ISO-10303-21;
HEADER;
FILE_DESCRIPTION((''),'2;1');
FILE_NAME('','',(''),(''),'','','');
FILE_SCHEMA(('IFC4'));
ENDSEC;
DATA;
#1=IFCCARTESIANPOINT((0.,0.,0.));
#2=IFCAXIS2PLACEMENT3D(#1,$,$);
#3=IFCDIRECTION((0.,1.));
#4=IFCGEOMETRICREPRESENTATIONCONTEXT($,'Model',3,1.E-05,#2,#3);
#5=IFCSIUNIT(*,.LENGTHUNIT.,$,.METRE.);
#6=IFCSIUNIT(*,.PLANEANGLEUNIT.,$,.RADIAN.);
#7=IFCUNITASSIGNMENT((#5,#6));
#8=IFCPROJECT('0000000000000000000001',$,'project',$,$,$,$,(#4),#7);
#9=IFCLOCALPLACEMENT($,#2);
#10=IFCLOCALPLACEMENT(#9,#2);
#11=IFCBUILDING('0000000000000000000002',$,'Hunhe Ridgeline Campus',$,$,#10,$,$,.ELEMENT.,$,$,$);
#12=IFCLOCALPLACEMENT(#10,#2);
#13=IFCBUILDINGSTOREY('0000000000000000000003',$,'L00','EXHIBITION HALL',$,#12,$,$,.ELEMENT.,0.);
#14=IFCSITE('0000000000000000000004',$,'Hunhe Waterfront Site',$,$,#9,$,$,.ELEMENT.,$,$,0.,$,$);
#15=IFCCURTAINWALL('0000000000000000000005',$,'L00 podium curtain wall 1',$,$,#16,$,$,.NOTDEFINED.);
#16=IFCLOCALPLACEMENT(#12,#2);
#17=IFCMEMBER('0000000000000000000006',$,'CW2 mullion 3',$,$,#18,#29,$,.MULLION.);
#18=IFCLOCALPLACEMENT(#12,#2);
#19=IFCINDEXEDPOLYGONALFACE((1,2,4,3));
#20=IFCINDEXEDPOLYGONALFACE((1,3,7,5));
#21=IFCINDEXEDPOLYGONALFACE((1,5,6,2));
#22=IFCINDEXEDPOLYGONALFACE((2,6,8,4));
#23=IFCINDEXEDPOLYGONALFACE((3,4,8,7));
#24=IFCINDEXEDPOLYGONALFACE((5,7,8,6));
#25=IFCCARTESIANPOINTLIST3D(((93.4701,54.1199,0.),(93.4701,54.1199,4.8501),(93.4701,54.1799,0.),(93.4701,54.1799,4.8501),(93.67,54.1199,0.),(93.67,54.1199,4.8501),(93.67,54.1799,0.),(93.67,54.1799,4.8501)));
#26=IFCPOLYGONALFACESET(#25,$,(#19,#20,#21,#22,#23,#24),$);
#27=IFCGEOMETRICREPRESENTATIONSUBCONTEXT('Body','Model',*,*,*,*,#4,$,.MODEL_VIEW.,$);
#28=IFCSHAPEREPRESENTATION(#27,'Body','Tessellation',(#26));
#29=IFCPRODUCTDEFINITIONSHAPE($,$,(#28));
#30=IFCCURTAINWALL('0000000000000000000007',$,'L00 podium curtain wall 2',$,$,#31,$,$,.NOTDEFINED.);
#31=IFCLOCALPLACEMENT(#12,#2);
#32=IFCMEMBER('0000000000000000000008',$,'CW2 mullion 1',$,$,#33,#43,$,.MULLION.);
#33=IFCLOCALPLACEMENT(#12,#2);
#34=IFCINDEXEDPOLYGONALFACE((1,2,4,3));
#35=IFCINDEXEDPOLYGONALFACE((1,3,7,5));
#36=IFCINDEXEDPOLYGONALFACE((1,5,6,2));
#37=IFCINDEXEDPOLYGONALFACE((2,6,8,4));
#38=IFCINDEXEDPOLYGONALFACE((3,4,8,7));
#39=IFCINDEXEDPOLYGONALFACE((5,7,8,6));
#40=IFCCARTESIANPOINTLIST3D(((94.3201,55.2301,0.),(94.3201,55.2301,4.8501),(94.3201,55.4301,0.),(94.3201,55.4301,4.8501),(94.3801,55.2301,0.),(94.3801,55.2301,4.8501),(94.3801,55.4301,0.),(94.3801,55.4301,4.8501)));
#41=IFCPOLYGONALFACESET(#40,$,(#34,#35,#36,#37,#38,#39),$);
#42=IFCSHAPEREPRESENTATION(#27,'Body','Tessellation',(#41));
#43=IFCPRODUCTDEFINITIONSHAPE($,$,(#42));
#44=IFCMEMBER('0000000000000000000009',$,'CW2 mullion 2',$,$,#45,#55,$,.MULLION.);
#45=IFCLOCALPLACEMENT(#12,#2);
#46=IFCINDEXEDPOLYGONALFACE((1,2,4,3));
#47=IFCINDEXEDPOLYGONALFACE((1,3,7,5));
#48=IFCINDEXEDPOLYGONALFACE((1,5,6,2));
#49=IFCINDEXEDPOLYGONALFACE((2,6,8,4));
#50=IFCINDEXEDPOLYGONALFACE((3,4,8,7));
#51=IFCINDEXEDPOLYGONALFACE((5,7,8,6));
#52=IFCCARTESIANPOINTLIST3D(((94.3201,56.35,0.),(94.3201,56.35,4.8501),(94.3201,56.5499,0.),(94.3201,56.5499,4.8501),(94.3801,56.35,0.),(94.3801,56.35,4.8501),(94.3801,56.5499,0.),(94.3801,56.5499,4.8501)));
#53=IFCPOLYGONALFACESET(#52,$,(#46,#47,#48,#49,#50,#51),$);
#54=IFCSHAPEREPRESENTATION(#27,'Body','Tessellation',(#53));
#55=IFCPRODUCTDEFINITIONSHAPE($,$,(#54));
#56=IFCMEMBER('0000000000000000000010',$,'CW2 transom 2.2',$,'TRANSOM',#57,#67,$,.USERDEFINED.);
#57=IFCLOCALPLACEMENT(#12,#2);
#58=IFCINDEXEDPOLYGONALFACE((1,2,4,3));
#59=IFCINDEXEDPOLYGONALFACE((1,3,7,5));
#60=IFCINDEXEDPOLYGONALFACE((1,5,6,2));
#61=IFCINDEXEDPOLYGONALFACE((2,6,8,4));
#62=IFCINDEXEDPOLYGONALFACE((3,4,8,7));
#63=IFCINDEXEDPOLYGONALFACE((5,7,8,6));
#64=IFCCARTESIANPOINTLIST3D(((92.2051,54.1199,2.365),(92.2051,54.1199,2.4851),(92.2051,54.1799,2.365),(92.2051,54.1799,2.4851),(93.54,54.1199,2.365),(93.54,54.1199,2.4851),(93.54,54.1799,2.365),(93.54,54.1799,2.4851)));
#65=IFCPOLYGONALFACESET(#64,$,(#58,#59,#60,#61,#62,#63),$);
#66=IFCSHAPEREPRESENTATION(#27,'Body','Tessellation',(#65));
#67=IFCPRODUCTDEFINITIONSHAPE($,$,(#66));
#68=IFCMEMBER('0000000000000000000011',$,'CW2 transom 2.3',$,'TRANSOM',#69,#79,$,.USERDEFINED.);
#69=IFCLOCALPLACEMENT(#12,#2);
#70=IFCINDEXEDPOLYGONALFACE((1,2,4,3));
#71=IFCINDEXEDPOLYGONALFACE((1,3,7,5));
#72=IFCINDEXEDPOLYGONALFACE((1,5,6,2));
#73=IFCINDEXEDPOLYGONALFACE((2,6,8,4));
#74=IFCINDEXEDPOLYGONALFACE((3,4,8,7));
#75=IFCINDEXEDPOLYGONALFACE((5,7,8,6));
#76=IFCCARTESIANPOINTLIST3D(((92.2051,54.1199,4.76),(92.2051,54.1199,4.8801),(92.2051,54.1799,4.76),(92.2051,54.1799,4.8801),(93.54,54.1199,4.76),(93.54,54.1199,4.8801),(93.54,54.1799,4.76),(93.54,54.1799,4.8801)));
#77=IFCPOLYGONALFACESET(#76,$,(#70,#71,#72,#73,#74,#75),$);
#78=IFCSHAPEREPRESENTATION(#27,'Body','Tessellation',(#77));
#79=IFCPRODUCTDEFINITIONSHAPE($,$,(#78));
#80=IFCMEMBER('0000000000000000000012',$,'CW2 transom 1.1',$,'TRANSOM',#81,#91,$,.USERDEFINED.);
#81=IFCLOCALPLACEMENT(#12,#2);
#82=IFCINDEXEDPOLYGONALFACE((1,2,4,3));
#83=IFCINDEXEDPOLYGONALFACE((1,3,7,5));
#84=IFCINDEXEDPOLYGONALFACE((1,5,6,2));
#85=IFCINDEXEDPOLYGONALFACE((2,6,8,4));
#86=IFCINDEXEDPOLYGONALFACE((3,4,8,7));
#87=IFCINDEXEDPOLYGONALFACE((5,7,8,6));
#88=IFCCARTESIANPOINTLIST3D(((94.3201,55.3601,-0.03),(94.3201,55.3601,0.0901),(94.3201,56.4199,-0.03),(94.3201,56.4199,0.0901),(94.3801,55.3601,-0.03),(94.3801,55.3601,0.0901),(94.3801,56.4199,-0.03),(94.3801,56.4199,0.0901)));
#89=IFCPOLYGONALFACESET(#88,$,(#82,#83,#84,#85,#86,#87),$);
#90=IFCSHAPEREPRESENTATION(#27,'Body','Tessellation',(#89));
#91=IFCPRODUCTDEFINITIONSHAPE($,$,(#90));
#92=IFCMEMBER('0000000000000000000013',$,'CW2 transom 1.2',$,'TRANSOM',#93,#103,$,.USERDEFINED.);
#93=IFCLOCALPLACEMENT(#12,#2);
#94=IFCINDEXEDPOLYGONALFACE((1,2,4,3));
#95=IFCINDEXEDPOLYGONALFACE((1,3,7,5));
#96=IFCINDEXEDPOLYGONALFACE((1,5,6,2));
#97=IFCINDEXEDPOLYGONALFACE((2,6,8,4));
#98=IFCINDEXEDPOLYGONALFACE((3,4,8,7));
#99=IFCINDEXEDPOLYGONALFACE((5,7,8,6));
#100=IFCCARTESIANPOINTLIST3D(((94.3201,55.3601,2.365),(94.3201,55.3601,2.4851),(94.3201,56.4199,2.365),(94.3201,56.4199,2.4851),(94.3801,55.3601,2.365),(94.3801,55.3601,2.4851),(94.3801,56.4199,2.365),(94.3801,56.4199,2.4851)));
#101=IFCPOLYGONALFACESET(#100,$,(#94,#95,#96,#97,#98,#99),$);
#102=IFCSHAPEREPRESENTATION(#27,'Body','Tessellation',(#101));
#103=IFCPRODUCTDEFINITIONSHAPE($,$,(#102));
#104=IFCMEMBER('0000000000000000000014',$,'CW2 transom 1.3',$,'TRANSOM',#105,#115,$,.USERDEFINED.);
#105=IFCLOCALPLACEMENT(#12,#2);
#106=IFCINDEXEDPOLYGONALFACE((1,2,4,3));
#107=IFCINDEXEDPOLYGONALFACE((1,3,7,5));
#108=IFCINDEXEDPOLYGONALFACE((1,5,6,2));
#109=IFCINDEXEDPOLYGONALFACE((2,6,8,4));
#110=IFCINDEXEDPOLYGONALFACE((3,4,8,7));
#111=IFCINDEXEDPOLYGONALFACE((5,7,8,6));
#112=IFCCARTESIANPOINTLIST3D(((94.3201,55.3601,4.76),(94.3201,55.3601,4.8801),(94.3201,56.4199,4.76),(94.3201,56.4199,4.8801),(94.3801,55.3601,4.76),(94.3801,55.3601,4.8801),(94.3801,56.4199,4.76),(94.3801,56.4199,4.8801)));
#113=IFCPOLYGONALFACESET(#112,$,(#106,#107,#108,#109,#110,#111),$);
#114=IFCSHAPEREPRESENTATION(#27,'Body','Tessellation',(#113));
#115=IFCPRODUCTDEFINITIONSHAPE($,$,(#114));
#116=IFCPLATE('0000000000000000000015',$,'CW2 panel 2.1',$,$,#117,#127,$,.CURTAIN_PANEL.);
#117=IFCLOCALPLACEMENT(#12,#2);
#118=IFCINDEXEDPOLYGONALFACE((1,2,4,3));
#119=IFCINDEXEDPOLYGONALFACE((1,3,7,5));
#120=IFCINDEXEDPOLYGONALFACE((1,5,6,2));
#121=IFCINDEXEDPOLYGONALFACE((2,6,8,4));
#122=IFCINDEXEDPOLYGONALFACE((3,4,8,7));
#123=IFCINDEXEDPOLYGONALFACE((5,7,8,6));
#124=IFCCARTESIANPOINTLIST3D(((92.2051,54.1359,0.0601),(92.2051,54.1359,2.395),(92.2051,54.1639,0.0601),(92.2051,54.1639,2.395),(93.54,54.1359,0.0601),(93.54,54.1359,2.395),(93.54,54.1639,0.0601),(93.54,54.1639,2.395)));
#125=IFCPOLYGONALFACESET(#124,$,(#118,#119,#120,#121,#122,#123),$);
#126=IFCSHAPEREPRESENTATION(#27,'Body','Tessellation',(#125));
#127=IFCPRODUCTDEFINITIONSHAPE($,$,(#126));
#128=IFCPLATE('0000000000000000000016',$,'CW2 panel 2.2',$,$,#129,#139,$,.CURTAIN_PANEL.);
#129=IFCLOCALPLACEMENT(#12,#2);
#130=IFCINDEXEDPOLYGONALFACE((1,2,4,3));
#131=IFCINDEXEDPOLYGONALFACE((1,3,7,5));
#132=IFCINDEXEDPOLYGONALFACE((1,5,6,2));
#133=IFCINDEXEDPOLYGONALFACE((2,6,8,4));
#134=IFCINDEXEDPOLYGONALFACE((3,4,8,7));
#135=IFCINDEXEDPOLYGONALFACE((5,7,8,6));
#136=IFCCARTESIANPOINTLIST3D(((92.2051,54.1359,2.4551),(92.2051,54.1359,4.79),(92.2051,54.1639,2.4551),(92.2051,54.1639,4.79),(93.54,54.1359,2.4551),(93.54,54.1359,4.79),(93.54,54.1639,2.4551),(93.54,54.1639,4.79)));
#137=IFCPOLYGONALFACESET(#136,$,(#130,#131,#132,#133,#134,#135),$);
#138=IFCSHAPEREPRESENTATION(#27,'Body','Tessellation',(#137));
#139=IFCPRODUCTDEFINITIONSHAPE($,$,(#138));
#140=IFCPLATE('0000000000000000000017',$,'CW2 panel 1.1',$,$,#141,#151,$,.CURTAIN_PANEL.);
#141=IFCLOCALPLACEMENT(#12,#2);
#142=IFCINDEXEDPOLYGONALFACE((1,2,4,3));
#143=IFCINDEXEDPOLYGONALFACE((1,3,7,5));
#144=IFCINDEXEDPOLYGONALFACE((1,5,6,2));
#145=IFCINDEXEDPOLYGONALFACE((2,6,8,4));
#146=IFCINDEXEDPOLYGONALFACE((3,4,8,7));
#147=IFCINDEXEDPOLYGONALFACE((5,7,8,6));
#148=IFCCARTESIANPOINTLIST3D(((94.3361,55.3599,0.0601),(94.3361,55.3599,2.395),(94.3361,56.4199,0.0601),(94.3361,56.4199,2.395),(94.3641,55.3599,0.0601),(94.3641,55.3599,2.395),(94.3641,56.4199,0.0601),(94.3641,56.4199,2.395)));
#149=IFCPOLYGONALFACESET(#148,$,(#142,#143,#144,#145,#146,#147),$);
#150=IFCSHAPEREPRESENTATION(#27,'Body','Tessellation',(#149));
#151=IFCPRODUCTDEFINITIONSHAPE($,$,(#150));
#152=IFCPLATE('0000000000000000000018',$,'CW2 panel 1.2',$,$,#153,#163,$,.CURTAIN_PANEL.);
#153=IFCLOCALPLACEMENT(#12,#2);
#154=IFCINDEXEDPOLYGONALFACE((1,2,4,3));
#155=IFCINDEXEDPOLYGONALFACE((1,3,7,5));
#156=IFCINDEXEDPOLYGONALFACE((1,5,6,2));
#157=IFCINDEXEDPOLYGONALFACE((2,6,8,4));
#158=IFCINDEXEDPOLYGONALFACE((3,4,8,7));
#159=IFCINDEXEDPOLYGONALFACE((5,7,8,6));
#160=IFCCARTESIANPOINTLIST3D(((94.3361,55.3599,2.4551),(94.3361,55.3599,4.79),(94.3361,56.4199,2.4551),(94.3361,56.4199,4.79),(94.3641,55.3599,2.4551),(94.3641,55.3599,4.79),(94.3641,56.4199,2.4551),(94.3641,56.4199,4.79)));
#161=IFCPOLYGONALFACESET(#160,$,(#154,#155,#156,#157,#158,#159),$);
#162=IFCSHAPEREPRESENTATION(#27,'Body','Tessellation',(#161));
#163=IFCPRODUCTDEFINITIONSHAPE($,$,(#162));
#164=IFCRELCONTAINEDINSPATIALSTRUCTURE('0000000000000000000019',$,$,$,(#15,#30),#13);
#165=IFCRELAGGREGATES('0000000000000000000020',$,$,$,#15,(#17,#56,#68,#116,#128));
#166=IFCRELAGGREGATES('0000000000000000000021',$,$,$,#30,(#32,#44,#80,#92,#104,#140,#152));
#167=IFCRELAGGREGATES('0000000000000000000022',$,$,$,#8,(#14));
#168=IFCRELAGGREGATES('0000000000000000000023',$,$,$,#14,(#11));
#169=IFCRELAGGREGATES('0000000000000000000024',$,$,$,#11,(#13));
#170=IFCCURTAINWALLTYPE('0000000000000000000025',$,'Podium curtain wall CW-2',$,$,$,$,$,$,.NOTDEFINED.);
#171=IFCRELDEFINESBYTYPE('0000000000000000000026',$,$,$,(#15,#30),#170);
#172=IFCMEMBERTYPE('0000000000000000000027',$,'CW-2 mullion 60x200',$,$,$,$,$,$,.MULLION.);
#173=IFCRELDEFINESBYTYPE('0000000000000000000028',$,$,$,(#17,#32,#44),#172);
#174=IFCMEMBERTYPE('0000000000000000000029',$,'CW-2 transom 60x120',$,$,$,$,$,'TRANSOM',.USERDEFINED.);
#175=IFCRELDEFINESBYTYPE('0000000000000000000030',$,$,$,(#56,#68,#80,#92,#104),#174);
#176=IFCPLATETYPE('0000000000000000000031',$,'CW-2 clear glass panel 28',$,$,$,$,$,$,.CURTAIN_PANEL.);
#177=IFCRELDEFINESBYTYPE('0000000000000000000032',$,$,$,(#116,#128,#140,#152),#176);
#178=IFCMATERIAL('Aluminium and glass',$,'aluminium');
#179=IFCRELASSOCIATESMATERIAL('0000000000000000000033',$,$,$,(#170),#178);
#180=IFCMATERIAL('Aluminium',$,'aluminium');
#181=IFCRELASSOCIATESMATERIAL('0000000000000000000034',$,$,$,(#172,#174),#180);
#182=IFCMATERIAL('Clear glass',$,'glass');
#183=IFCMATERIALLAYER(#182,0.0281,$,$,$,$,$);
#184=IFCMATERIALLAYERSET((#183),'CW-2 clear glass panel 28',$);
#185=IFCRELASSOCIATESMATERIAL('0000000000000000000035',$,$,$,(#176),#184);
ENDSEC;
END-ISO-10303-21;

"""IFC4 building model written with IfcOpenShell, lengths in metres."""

from ifc_helpers import new_model, si_unit, direction, frame, origin, origin_2d, place, context, subcontext, project, spatial, rectangle, extrude, material, layer, layer_set, material_profile, profile_set, type_object, element, aggregate, save


model = new_model("IFC4")

# Units and contexts
model_context = context("Model", 3, precision=1e-05, world=origin(), true_north=direction((0.0, 1.0)))
body_context = subcontext(model_context, "Body", "Model", "MODEL_VIEW")
ifc_project = project(units=[si_unit("LENGTHUNIT", "METRE"), si_unit("PLANEANGLEUNIT", "RADIAN")], contexts=[model_context])

# Site, building, storey
site_placement = place(None, origin())
site = spatial("IfcSite", under=ifc_project, at=site_placement, Name="Hunhe Waterfront Site", CompositionType="ELEMENT", RefElevation=0.0)
building_placement = place(site_placement, origin())
building = spatial("IfcBuilding", under=site, at=building_placement, Name="Hunhe Ridgeline Campus", CompositionType="ELEMENT")
storey_placement = place(building_placement, origin())
storey = spatial("IfcBuildingStorey", under=building, at=storey_placement, Name="L00", Description="EXHIBITION HALL", CompositionType="ELEMENT", Elevation=0.0)

# Curtain wall, member
ifc_material_1 = material(Name="Aluminium and glass", Category="aluminium")
curtain_wall_type = type_object("IfcCurtainWallType", Name="Podium curtain wall CW-2", PredefinedType="NOTDEFINED", material=ifc_material_1)
curtain_wall_1_placement = place(storey_placement, origin())
curtain_wall_1 = element("IfcCurtainWall", 1, at=curtain_wall_1_placement, inside=storey, type_object=curtain_wall_type, Name="L00 podium curtain wall 1", PredefinedType="NOTDEFINED")
ifc_material_2 = material(Name="Aluminium", Category="aluminium")
ifc_material_profile_1 = material_profile(ifc_material_2, rectangle(XDim=0.0601, YDim=0.2, at=origin_2d()))
ifc_profile_set_1 = profile_set([ifc_material_profile_1], Name="Aluminium")
member_type_1 = type_object("IfcMemberType", Name="CW-2 mullion 60x200", PredefinedType="MULLION", material=ifc_profile_set_1)
member_1_placement = place(storey_placement, frame((93.5701, 54.1499, 0.0), z_axis=(0.0, 0.0, 1.0), x_axis=(0.0, 1.0, 0.0)))
member_1 = element("IfcMember", 2, at=member_1_placement, type_object=member_type_1, Name="CW2 mullion 3", PredefinedType="MULLION", context=body_context, shape_type="SweptSolid", body=[
    extrude(rectangle(XDim=0.0601, YDim=0.2, at=origin_2d()), origin(), (0.0, 0.0, 1.0), 4.8501),
])

# Curtain wall, members
curtain_wall_2_placement = place(storey_placement, origin())
curtain_wall_2 = element("IfcCurtainWall", 3, at=curtain_wall_2_placement, inside=storey, type_object=curtain_wall_type, Name="L00 podium curtain wall 2", PredefinedType="NOTDEFINED")
member_2_placement = place(storey_placement, frame((94.3501, 55.3301, 0.0), z_axis=(0.0, 0.0, 1.0), x_axis=(-1.0, 0.0, 0.0)))
member_2 = element("IfcMember", 4, at=member_2_placement, type_object=member_type_1, Name="CW2 mullion 1", PredefinedType="MULLION", context=body_context, shape_type="SweptSolid", body=[
    extrude(rectangle(XDim=0.0601, YDim=0.2, at=origin_2d()), origin(), (0.0, 0.0, 1.0), 4.8501),
])
member_3_placement = place(storey_placement, frame((94.3501, 56.45, 0.0), z_axis=(0.0, 0.0, 1.0), x_axis=(-1.0, 0.0, 0.0)))
member_3 = element("IfcMember", 5, at=member_3_placement, type_object=member_type_1, Name="CW2 mullion 2", PredefinedType="MULLION", context=body_context, shape_type="SweptSolid", body=[
    extrude(rectangle(XDim=0.0601, YDim=0.2, at=origin_2d()), origin(), (0.0, 0.0, 1.0), 4.8501),
])

# Members
ifc_material_profile_2 = material_profile(ifc_material_2, rectangle(XDim=0.0601, YDim=0.1201, at=origin_2d()))
ifc_profile_set_2 = profile_set([ifc_material_profile_2], Name="Aluminium")
member_type_2 = type_object("IfcMemberType", Name="CW-2 transom 60x120", ElementType="TRANSOM", PredefinedType="USERDEFINED", material=ifc_profile_set_2)
member_4_placement = place(storey_placement, frame((92.2051, 54.1499, 2.425), z_axis=(1.0, 0.0, 0.0), x_axis=(0.0, 1.0, 0.0)))
member_4 = element("IfcMember", 6, at=member_4_placement, type_object=member_type_2, Name="CW2 transom 2.2", ObjectType="TRANSOM", PredefinedType="USERDEFINED", context=body_context, shape_type="SweptSolid", body=[
    extrude(rectangle(XDim=0.0601, YDim=0.1201, at=origin_2d()), origin(), (0.0, 0.0, 1.0), 1.335),
])
member_5_placement = place(storey_placement, frame((92.2051, 54.1499, 4.8201), z_axis=(1.0, 0.0, 0.0), x_axis=(0.0, 1.0, 0.0)))
member_5 = element("IfcMember", 7, at=member_5_placement, type_object=member_type_2, Name="CW2 transom 2.3", ObjectType="TRANSOM", PredefinedType="USERDEFINED", context=body_context, shape_type="SweptSolid", body=[
    extrude(rectangle(XDim=0.0601, YDim=0.1201, at=origin_2d()), origin(), (0.0, 0.0, 1.0), 1.335),
])
member_6_placement = place(storey_placement, frame((94.3501, 55.3601, 0.03), z_axis=(0.0, 1.0, 0.0), x_axis=(-1.0, 0.0, 0.0)))
member_6 = element("IfcMember", 8, at=member_6_placement, type_object=member_type_2, Name="CW2 transom 1.1", ObjectType="TRANSOM", PredefinedType="USERDEFINED", context=body_context, shape_type="SweptSolid", body=[
    extrude(rectangle(XDim=0.0601, YDim=0.1201, at=origin_2d()), origin(), (0.0, 0.0, 1.0), 1.0598),
])
member_7_placement = place(storey_placement, frame((94.3501, 55.3601, 2.425), z_axis=(0.0, 1.0, 0.0), x_axis=(-1.0, 0.0, 0.0)))
member_7 = element("IfcMember", 9, at=member_7_placement, type_object=member_type_2, Name="CW2 transom 1.2", ObjectType="TRANSOM", PredefinedType="USERDEFINED", context=body_context, shape_type="SweptSolid", body=[
    extrude(rectangle(XDim=0.0601, YDim=0.1201, at=origin_2d()), origin(), (0.0, 0.0, 1.0), 1.0598),
])
member_8_placement = place(storey_placement, frame((94.3501, 55.3601, 4.8201), z_axis=(0.0, 1.0, 0.0), x_axis=(-1.0, 0.0, 0.0)))
member_8 = element("IfcMember", 10, at=member_8_placement, type_object=member_type_2, Name="CW2 transom 1.3", ObjectType="TRANSOM", PredefinedType="USERDEFINED", context=body_context, shape_type="SweptSolid", body=[
    extrude(rectangle(XDim=0.0601, YDim=0.1201, at=origin_2d()), origin(), (0.0, 0.0, 1.0), 1.0598),
])

# Plates
ifc_material_3 = material(Name="Clear glass", Category="glass")
ifc_layer_1 = layer(ifc_material_3, 0.0281)
ifc_layer_set_1 = layer_set([ifc_layer_1], Name="CW-2 clear glass panel 28")
plate_type = type_object("IfcPlateType", Name="CW-2 clear glass panel 28", PredefinedType="CURTAIN_PANEL", material=ifc_layer_set_1)
plate_1_placement = place(storey_placement, frame((92.8726, 54.1499, 0.0601), z_axis=(0.0, 0.0, 1.0), x_axis=(1.0, 0.0, 0.0)))
plate_1 = element("IfcPlate", 11, at=plate_1_placement, type_object=plate_type, Name="CW2 panel 2.1", PredefinedType="CURTAIN_PANEL", context=body_context, shape_type="SweptSolid", body=[
    extrude(rectangle(XDim=1.335, YDim=0.0281, at=origin_2d()), origin(), (0.0, 0.0, 1.0), 2.335),
])
plate_2_placement = place(storey_placement, frame((92.8726, 54.1499, 2.4551), z_axis=(0.0, 0.0, 1.0), x_axis=(1.0, 0.0, 0.0)))
plate_2 = element("IfcPlate", 12, at=plate_2_placement, type_object=plate_type, Name="CW2 panel 2.2", PredefinedType="CURTAIN_PANEL", context=body_context, shape_type="SweptSolid", body=[
    extrude(rectangle(XDim=1.335, YDim=0.0281, at=origin_2d()), origin(), (0.0, 0.0, 1.0), 2.335),
])
aggregate(curtain_wall_1, [member_1, member_4, member_5, plate_1, plate_2])
plate_3_placement = place(storey_placement, frame((94.3501, 55.8899, 0.0601), z_axis=(0.0, 0.0, 1.0), x_axis=(0.0, 1.0, 0.0)))
plate_3 = element("IfcPlate", 13, at=plate_3_placement, type_object=plate_type, Name="CW2 panel 1.1", PredefinedType="CURTAIN_PANEL", context=body_context, shape_type="SweptSolid", body=[
    extrude(rectangle(XDim=1.0601, YDim=0.0281, at=origin_2d()), origin(), (0.0, 0.0, 1.0), 2.335),
])
plate_4_placement = place(storey_placement, frame((94.3501, 55.8899, 2.4551), z_axis=(0.0, 0.0, 1.0), x_axis=(0.0, 1.0, 0.0)))
plate_4 = element("IfcPlate", 14, at=plate_4_placement, type_object=plate_type, Name="CW2 panel 1.2", PredefinedType="CURTAIN_PANEL", context=body_context, shape_type="SweptSolid", body=[
    extrude(rectangle(XDim=1.0601, YDim=0.0281, at=origin_2d()), origin(), (0.0, 0.0, 1.0), 2.335),
])
aggregate(curtain_wall_2, [member_2, member_3, member_6, member_7, member_8, plate_3, plate_4])

save(model, "model.ifc")
